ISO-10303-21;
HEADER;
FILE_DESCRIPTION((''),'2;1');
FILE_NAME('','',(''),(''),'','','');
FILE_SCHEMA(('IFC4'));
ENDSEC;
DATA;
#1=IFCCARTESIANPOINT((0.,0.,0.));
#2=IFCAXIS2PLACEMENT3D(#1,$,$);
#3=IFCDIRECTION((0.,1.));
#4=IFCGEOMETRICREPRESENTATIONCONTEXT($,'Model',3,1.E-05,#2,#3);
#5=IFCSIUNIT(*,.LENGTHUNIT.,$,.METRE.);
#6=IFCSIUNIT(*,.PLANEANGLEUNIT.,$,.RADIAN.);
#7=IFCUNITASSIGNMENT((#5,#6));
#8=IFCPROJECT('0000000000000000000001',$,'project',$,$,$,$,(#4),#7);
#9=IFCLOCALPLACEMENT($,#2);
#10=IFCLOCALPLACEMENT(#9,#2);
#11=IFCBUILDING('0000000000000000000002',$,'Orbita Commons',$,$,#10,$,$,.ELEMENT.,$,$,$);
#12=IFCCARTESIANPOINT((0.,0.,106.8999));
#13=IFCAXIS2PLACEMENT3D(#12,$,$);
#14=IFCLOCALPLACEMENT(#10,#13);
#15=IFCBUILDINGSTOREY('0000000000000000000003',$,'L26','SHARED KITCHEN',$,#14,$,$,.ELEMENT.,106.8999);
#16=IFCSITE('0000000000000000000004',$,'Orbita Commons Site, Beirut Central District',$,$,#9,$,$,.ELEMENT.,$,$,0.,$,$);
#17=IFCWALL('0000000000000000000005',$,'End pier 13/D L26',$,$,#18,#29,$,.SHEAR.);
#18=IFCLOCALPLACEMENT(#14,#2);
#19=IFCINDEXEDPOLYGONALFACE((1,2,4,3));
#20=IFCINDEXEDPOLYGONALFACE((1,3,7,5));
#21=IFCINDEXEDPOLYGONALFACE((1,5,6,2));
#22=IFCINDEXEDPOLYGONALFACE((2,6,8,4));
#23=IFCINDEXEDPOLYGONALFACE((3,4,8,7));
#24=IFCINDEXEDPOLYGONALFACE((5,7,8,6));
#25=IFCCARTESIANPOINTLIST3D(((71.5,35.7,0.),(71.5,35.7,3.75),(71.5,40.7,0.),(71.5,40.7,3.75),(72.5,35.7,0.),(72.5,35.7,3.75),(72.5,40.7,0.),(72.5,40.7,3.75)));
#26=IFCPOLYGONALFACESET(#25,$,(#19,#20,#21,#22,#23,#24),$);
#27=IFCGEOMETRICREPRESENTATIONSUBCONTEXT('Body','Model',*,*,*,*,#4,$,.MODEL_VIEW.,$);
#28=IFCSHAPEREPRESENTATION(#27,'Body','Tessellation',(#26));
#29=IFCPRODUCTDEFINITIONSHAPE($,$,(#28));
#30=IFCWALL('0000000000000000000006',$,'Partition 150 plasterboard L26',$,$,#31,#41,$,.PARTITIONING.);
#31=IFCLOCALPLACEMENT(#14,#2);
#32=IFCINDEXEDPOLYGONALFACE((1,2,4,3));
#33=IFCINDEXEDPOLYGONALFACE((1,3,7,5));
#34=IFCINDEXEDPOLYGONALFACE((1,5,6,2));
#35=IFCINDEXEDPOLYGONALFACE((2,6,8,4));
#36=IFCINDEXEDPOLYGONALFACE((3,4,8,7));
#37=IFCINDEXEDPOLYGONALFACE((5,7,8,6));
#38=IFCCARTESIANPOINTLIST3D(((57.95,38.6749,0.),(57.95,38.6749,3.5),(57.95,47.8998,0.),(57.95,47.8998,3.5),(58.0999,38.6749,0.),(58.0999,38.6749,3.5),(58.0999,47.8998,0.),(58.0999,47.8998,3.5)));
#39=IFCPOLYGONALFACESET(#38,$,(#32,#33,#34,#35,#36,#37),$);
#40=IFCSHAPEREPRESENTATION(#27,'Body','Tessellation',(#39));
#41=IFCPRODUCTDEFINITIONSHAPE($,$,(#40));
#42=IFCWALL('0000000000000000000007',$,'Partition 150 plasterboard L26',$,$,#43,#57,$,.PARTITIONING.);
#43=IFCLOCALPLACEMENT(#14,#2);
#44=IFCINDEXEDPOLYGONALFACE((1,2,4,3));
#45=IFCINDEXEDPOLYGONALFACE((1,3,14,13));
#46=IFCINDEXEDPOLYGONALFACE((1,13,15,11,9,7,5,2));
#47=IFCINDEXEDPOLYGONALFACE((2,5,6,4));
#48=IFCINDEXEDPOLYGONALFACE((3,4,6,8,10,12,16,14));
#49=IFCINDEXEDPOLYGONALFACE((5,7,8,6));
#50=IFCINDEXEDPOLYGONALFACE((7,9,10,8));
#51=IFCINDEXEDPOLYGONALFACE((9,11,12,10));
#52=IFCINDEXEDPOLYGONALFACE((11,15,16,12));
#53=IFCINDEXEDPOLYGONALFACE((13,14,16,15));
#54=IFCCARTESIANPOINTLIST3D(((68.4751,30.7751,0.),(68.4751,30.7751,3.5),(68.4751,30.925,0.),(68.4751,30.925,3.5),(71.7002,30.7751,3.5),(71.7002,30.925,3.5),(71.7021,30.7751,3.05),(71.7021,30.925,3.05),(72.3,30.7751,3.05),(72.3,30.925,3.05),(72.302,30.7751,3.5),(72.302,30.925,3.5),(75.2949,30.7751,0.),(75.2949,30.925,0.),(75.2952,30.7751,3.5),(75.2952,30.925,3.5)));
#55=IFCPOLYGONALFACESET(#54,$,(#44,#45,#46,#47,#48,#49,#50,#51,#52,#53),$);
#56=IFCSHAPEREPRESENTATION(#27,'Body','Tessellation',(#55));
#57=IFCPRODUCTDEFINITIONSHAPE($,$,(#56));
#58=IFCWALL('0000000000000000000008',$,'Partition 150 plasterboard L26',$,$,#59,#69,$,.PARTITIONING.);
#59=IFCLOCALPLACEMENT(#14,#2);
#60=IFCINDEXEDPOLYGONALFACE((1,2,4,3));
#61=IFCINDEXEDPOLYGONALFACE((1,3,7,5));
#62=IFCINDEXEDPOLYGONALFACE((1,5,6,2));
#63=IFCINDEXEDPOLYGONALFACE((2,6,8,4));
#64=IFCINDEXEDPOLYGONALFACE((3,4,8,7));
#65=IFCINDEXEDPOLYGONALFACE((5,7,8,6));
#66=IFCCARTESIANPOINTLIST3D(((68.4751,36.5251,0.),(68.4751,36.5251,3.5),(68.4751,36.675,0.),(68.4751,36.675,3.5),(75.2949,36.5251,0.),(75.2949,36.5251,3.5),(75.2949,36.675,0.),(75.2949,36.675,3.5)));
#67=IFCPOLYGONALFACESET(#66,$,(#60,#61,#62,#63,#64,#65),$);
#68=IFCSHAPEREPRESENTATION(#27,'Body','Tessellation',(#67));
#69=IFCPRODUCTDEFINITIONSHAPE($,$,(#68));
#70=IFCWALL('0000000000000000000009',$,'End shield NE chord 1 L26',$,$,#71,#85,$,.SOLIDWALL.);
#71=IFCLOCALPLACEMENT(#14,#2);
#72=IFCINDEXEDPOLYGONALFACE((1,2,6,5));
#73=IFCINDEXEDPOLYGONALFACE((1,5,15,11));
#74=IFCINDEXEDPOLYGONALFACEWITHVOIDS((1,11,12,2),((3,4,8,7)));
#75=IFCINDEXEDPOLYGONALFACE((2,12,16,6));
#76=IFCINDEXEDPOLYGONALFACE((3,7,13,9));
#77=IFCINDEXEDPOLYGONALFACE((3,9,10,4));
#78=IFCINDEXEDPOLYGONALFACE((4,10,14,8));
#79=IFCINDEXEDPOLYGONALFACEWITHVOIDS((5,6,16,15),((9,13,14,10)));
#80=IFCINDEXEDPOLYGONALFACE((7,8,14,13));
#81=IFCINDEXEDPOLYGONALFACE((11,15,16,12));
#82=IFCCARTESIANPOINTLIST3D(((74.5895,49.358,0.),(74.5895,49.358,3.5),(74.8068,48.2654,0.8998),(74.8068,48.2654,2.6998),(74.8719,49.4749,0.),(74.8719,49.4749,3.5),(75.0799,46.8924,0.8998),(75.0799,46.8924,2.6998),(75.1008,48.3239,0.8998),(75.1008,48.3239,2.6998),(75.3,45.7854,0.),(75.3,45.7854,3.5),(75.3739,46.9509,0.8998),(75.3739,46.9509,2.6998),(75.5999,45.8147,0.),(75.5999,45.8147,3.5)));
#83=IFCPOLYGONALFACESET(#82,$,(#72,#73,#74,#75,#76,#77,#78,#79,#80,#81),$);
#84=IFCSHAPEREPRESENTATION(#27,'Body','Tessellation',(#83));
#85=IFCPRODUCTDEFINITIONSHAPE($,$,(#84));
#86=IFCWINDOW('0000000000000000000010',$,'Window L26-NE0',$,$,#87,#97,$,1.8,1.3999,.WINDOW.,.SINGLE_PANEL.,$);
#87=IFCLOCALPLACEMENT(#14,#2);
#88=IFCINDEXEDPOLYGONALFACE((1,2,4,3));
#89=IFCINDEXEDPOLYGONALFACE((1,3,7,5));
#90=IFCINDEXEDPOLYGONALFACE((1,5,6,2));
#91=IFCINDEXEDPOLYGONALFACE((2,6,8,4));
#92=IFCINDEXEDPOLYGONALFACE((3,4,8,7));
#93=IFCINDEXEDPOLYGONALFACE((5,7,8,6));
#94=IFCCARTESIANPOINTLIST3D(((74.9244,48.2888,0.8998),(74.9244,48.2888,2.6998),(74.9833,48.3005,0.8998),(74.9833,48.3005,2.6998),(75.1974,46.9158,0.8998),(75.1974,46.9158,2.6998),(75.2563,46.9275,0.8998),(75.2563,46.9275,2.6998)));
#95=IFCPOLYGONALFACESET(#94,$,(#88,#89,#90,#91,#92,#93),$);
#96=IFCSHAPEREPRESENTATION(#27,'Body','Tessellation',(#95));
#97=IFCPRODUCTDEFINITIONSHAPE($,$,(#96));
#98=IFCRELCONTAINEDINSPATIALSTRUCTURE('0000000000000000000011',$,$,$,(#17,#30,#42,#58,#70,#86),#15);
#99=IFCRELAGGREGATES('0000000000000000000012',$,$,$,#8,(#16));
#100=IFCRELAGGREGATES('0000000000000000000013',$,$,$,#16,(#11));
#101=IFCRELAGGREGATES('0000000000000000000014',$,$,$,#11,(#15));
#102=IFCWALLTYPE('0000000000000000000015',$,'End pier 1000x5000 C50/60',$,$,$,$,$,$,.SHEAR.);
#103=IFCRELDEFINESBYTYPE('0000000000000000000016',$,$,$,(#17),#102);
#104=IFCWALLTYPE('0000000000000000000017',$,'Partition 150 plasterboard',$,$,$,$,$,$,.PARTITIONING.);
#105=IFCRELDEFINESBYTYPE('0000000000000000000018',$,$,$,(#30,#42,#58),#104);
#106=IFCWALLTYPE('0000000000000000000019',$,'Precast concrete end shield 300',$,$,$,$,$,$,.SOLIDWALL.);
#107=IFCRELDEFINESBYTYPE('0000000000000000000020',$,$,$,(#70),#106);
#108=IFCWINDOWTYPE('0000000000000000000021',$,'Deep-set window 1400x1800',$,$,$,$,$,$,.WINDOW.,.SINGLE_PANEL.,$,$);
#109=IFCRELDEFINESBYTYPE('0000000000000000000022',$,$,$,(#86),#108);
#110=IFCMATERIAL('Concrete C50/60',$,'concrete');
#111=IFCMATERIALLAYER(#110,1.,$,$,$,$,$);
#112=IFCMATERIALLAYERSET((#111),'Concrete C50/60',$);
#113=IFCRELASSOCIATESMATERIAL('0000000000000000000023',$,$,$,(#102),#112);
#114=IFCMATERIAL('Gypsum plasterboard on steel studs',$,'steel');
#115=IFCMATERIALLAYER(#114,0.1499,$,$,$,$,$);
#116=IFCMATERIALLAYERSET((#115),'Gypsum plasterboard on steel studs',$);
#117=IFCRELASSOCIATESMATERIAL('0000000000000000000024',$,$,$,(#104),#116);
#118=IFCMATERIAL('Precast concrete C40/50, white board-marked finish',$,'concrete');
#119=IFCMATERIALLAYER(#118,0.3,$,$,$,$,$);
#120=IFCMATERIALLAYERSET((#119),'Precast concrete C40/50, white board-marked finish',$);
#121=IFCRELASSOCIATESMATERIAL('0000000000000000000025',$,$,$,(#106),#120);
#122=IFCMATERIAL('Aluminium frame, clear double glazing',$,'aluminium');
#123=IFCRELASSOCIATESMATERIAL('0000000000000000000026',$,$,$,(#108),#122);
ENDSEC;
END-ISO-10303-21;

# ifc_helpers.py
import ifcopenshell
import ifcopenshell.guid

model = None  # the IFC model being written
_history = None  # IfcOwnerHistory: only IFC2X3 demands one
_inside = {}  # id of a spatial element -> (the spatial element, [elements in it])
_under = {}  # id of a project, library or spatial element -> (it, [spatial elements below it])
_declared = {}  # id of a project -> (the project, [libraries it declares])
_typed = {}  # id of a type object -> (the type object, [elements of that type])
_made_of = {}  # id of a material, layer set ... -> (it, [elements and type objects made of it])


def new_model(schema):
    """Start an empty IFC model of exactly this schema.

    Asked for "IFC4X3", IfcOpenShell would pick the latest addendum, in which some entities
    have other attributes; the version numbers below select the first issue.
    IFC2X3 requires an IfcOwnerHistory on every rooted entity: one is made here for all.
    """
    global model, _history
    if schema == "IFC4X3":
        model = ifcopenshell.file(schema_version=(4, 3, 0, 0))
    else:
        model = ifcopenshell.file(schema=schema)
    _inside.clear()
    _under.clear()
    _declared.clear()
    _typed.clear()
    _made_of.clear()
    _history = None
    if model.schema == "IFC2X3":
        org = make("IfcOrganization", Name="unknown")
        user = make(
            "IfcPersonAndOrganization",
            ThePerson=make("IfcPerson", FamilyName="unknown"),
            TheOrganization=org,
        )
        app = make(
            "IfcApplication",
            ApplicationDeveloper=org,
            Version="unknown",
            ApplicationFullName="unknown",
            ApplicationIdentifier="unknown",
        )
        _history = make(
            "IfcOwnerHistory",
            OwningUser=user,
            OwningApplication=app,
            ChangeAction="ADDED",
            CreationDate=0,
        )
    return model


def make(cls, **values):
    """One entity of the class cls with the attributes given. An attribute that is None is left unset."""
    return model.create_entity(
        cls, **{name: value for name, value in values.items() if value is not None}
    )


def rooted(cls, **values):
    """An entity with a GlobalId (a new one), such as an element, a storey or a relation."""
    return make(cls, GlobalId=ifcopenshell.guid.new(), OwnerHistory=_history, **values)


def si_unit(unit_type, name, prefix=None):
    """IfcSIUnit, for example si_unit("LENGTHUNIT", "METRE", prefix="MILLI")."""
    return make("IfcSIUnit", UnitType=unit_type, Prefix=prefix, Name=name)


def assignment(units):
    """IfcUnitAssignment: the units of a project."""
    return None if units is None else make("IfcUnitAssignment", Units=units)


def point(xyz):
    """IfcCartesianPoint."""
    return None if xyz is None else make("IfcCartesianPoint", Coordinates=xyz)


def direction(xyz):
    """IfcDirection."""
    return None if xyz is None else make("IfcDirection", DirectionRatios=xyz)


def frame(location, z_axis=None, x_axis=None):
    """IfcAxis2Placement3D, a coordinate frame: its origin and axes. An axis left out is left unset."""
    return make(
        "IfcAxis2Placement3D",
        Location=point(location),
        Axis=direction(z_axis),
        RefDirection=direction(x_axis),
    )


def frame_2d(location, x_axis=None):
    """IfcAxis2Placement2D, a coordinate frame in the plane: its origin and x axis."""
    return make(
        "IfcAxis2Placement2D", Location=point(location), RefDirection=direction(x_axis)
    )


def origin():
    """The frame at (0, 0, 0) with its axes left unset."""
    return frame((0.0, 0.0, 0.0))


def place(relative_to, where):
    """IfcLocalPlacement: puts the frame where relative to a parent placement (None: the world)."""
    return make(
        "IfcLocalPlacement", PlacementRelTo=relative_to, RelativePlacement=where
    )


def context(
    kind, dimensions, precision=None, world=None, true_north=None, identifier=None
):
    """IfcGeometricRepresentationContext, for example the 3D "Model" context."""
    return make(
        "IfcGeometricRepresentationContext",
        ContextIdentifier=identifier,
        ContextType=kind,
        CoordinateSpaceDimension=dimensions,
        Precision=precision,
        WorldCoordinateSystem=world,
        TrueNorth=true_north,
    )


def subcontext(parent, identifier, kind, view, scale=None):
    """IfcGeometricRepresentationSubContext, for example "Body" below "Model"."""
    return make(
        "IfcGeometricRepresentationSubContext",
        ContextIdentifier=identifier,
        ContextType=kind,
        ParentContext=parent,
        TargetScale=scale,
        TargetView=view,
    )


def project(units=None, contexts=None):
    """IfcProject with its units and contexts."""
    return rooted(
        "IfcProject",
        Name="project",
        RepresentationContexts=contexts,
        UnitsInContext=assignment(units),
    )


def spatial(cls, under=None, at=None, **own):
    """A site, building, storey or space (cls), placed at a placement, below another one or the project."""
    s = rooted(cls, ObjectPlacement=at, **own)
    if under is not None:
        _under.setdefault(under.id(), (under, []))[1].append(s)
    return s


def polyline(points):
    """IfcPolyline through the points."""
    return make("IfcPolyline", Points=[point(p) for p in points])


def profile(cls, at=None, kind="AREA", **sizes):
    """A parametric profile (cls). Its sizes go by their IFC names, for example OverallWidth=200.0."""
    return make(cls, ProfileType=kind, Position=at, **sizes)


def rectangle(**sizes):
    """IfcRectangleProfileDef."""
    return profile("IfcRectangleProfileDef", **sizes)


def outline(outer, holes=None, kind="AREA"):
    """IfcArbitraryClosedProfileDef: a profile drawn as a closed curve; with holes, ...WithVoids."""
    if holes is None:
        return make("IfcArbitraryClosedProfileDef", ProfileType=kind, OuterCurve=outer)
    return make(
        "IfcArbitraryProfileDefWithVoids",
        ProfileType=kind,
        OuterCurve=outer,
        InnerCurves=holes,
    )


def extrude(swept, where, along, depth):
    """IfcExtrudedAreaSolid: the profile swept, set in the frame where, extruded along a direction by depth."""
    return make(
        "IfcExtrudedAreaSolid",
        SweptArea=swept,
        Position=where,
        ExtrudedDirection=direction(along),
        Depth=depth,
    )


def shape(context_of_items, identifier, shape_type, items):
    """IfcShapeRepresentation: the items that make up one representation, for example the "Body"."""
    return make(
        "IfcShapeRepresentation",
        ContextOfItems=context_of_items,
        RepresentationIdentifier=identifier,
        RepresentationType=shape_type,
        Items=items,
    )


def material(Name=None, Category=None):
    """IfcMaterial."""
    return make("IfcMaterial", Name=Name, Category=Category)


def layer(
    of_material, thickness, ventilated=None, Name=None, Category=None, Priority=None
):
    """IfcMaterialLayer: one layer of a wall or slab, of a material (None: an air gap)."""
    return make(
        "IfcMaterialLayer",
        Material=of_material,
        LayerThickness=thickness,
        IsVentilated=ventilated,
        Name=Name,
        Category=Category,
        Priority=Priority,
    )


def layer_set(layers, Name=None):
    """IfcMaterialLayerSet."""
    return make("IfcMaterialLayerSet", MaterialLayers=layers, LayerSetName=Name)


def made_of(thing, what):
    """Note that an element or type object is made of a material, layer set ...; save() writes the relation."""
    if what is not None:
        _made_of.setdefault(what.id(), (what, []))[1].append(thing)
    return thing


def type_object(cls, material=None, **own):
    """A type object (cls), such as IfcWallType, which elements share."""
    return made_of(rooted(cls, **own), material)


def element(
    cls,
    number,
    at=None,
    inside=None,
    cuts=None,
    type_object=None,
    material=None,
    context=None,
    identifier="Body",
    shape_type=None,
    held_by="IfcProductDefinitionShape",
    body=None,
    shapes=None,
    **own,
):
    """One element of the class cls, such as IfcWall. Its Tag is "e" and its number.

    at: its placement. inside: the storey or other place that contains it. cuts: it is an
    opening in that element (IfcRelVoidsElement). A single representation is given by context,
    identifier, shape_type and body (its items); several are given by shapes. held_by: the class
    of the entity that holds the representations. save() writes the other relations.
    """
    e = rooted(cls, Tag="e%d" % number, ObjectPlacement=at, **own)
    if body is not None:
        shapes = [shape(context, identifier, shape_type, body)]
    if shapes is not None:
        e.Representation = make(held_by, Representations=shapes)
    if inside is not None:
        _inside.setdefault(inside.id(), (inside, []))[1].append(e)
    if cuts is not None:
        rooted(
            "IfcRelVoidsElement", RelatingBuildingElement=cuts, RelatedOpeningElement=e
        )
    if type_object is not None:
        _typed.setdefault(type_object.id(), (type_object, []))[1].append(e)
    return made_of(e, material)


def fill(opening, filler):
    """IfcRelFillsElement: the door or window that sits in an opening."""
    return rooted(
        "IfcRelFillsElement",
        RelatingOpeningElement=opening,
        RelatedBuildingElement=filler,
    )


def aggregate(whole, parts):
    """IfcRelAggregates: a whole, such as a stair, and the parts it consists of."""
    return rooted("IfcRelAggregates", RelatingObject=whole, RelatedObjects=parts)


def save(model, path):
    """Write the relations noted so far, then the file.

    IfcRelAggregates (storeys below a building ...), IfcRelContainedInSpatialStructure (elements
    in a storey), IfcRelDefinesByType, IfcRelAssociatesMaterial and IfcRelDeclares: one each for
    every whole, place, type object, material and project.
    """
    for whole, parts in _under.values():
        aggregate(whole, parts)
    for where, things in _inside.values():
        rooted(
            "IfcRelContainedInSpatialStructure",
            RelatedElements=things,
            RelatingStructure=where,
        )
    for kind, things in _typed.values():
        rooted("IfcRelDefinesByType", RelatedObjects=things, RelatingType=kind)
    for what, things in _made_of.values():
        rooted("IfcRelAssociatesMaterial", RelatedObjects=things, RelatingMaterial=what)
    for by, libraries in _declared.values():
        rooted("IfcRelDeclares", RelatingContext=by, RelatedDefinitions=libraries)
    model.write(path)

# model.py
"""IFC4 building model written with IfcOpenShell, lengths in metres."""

from ifc_helpers import new_model, si_unit, direction, frame, frame_2d, origin, place, context, subcontext, project, spatial, polyline, rectangle, outline, extrude, material, layer, layer_set, type_object, element, fill, save


model = new_model("IFC4")

# Units and contexts
model_context = context("Model", 3, precision=1e-05, world=origin(), true_north=direction((0.0, 1.0)))
body_context = subcontext(model_context, "Body", "Model", "MODEL_VIEW")
ifc_project = project(units=[si_unit("LENGTHUNIT", "METRE"), si_unit("PLANEANGLEUNIT", "RADIAN")], contexts=[model_context])

# Site, building, storey
site_placement = place(None, origin())
site = spatial("IfcSite", under=ifc_project, at=site_placement, Name="Orbita Commons Site, Beirut Central District", CompositionType="ELEMENT", RefElevation=0.0)
building_placement = place(site_placement, origin())
building = spatial("IfcBuilding", under=site, at=building_placement, Name="Orbita Commons", CompositionType="ELEMENT")
storey_placement = place(building_placement, frame((0.0, 0.0, 106.8999)))
storey = spatial("IfcBuildingStorey", under=building, at=storey_placement, Name="L26", Description="SHARED KITCHEN", CompositionType="ELEMENT", Elevation=106.8999)

# Walls
ifc_material_1 = material(Name="Concrete C50/60", Category="concrete")
ifc_layer_1 = layer(ifc_material_1, 1.0)
ifc_layer_set_1 = layer_set([ifc_layer_1], Name="Concrete C50/60")
wall_type_1 = type_object("IfcWallType", Name="End pier 1000x5000 C50/60", PredefinedType="SHEAR", material=ifc_layer_set_1)
wall_1_placement = place(storey_placement, frame((72.0, 35.7, 0.0), z_axis=(0.0, 0.0, 1.0), x_axis=(0.0, 1.0, 0.0)))
element("IfcWall", 1, at=wall_1_placement, inside=storey, type_object=wall_type_1, Name="End pier 13/D L26", PredefinedType="SHEAR", context=body_context, shape_type="SweptSolid", body=[
    extrude(rectangle(XDim=5.0, YDim=1.0, at=frame_2d((2.5, 0.0))), origin(), (0.0, 0.0, 1.0), 3.75),
])
ifc_material_2 = material(Name="Gypsum plasterboard on steel studs", Category="steel")
ifc_layer_2 = layer(ifc_material_2, 0.1499)
ifc_layer_set_2 = layer_set([ifc_layer_2], Name="Gypsum plasterboard on steel studs")
wall_type_2 = type_object("IfcWallType", Name="Partition 150 plasterboard", PredefinedType="PARTITIONING", material=ifc_layer_set_2)
wall_2_placement = place(storey_placement, frame((58.0249, 38.675, 0.0), z_axis=(0.0, 0.0, 1.0), x_axis=(0.0, 1.0, 0.0)))
element("IfcWall", 2, at=wall_2_placement, inside=storey, type_object=wall_type_2, Name="Partition 150 plasterboard L26", PredefinedType="PARTITIONING", context=body_context, shape_type="SweptSolid", body=[
    extrude(rectangle(XDim=9.2249, YDim=0.1499, at=frame_2d((4.6123, 0.0))), origin(), (0.0, 0.0, 1.0), 3.5),
])
wall_3_placement = place(storey_placement, frame((68.4751, 30.8501, 0.0), z_axis=(0.0, 0.0, 1.0), x_axis=(1.0, 0.0, 0.0)))
element("IfcWall", 3, at=wall_3_placement, inside=storey, type_object=wall_type_2, Name="Partition 150 plasterboard L26", PredefinedType="PARTITIONING", context=body_context, shape_type="SweptSolid", body=[
    extrude(outline(polyline([(0.0, 0.0), (6.8198, 0.0), (6.8201, 3.5), (3.8269, 3.5), (3.825, 3.05), (3.2271, 3.05), (3.2251, 3.5), (0.0, 3.5), (0.0, 0.0)])), frame((0.0, 0.075, 0.0), z_axis=(0.0, -1.0, 0.0), x_axis=(1.0, 0.0, 0.0)), (0.0, 0.0, 1.0), 0.1499),
])
wall_4_placement = place(storey_placement, frame((68.4751, 36.6001, 0.0), z_axis=(0.0, 0.0, 1.0), x_axis=(1.0, 0.0, 0.0)))
element("IfcWall", 4, at=wall_4_placement, inside=storey, type_object=wall_type_2, Name="Partition 150 plasterboard L26", PredefinedType="PARTITIONING", context=body_context, shape_type="SweptSolid", body=[
    extrude(rectangle(XDim=6.8198, YDim=0.1499, at=frame_2d((3.4099, 0.0))), origin(), (0.0, 0.0, 1.0), 3.5),
])

# Wall, opening, window
ifc_material_3 = material(Name="Precast concrete C40/50, white board-marked finish", Category="concrete")
ifc_layer_3 = layer(ifc_material_3, 0.3)
ifc_layer_set_3 = layer_set([ifc_layer_3], Name="Precast concrete C40/50, white board-marked finish")
wall_type_3 = type_object("IfcWallType", Name="Precast concrete end shield 300", PredefinedType="SOLIDWALL", material=ifc_layer_set_3)
wall_5_placement = place(storey_placement, frame((75.45, 45.8, 0.0), z_axis=(0.0, 0.0, 1.0), x_axis=(-0.195059, 0.980791, 0.0)))
wall_5 = element("IfcWall", 5, at=wall_5_placement, inside=storey, type_object=wall_type_3, Name="End shield NE chord 1 L26", PredefinedType="SOLIDWALL", context=body_context, shape_type="SweptSolid", body=[
    extrude(outline(polyline([(-0.0149, -0.1499), (3.717, -0.1499), (3.6575, 0.1499), (0.0149, 0.1499), (-0.0149, -0.1499)])), origin(), (0.0, 0.0, 1.0), 3.5),
])
opening_1_placement = place(wall_5_placement, frame((1.1436, 0.0, 0.8999)))
opening_1 = element("IfcOpeningElement", 6, at=opening_1_placement, cuts=wall_5, PredefinedType="OPENING", context=body_context, shape_type="SweptSolid", body=[
    extrude(rectangle(XDim=1.3999, YDim=1.8, at=frame_2d((0.7, 0.8999))), frame((0.0, 0.1599, 0.0), z_axis=(0.0, -1.0, 0.0), x_axis=(1.0, 0.0, 0.0)), (0.0, 0.0, 1.0), 0.3201),
])
ifc_material_4 = material(Name="Aluminium frame, clear double glazing", Category="aluminium")
window_type = type_object("IfcWindowType", Name="Deep-set window 1400x1800", PartitioningType="SINGLE_PANEL", PredefinedType="WINDOW", material=ifc_material_4)
window_placement = place(opening_1_placement, origin())
window = element("IfcWindow", 7, at=window_placement, inside=storey, type_object=window_type, Name="Window L26-NE0", OverallHeight=1.8, OverallWidth=1.3999, PartitioningType="SINGLE_PANEL", PredefinedType="WINDOW", context=body_context, shape_type="SweptSolid", body=[
    extrude(rectangle(XDim=1.3999, YDim=1.8, at=frame_2d((0.7, 0.8999))), frame((0.0, 0.03, 0.0), z_axis=(0.0, -1.0, 0.0), x_axis=(1.0, 0.0, 0.0)), (0.0, 0.0, 1.0), 0.0601),
])
fill(opening_1, window)

save(model, "model.ifc")
